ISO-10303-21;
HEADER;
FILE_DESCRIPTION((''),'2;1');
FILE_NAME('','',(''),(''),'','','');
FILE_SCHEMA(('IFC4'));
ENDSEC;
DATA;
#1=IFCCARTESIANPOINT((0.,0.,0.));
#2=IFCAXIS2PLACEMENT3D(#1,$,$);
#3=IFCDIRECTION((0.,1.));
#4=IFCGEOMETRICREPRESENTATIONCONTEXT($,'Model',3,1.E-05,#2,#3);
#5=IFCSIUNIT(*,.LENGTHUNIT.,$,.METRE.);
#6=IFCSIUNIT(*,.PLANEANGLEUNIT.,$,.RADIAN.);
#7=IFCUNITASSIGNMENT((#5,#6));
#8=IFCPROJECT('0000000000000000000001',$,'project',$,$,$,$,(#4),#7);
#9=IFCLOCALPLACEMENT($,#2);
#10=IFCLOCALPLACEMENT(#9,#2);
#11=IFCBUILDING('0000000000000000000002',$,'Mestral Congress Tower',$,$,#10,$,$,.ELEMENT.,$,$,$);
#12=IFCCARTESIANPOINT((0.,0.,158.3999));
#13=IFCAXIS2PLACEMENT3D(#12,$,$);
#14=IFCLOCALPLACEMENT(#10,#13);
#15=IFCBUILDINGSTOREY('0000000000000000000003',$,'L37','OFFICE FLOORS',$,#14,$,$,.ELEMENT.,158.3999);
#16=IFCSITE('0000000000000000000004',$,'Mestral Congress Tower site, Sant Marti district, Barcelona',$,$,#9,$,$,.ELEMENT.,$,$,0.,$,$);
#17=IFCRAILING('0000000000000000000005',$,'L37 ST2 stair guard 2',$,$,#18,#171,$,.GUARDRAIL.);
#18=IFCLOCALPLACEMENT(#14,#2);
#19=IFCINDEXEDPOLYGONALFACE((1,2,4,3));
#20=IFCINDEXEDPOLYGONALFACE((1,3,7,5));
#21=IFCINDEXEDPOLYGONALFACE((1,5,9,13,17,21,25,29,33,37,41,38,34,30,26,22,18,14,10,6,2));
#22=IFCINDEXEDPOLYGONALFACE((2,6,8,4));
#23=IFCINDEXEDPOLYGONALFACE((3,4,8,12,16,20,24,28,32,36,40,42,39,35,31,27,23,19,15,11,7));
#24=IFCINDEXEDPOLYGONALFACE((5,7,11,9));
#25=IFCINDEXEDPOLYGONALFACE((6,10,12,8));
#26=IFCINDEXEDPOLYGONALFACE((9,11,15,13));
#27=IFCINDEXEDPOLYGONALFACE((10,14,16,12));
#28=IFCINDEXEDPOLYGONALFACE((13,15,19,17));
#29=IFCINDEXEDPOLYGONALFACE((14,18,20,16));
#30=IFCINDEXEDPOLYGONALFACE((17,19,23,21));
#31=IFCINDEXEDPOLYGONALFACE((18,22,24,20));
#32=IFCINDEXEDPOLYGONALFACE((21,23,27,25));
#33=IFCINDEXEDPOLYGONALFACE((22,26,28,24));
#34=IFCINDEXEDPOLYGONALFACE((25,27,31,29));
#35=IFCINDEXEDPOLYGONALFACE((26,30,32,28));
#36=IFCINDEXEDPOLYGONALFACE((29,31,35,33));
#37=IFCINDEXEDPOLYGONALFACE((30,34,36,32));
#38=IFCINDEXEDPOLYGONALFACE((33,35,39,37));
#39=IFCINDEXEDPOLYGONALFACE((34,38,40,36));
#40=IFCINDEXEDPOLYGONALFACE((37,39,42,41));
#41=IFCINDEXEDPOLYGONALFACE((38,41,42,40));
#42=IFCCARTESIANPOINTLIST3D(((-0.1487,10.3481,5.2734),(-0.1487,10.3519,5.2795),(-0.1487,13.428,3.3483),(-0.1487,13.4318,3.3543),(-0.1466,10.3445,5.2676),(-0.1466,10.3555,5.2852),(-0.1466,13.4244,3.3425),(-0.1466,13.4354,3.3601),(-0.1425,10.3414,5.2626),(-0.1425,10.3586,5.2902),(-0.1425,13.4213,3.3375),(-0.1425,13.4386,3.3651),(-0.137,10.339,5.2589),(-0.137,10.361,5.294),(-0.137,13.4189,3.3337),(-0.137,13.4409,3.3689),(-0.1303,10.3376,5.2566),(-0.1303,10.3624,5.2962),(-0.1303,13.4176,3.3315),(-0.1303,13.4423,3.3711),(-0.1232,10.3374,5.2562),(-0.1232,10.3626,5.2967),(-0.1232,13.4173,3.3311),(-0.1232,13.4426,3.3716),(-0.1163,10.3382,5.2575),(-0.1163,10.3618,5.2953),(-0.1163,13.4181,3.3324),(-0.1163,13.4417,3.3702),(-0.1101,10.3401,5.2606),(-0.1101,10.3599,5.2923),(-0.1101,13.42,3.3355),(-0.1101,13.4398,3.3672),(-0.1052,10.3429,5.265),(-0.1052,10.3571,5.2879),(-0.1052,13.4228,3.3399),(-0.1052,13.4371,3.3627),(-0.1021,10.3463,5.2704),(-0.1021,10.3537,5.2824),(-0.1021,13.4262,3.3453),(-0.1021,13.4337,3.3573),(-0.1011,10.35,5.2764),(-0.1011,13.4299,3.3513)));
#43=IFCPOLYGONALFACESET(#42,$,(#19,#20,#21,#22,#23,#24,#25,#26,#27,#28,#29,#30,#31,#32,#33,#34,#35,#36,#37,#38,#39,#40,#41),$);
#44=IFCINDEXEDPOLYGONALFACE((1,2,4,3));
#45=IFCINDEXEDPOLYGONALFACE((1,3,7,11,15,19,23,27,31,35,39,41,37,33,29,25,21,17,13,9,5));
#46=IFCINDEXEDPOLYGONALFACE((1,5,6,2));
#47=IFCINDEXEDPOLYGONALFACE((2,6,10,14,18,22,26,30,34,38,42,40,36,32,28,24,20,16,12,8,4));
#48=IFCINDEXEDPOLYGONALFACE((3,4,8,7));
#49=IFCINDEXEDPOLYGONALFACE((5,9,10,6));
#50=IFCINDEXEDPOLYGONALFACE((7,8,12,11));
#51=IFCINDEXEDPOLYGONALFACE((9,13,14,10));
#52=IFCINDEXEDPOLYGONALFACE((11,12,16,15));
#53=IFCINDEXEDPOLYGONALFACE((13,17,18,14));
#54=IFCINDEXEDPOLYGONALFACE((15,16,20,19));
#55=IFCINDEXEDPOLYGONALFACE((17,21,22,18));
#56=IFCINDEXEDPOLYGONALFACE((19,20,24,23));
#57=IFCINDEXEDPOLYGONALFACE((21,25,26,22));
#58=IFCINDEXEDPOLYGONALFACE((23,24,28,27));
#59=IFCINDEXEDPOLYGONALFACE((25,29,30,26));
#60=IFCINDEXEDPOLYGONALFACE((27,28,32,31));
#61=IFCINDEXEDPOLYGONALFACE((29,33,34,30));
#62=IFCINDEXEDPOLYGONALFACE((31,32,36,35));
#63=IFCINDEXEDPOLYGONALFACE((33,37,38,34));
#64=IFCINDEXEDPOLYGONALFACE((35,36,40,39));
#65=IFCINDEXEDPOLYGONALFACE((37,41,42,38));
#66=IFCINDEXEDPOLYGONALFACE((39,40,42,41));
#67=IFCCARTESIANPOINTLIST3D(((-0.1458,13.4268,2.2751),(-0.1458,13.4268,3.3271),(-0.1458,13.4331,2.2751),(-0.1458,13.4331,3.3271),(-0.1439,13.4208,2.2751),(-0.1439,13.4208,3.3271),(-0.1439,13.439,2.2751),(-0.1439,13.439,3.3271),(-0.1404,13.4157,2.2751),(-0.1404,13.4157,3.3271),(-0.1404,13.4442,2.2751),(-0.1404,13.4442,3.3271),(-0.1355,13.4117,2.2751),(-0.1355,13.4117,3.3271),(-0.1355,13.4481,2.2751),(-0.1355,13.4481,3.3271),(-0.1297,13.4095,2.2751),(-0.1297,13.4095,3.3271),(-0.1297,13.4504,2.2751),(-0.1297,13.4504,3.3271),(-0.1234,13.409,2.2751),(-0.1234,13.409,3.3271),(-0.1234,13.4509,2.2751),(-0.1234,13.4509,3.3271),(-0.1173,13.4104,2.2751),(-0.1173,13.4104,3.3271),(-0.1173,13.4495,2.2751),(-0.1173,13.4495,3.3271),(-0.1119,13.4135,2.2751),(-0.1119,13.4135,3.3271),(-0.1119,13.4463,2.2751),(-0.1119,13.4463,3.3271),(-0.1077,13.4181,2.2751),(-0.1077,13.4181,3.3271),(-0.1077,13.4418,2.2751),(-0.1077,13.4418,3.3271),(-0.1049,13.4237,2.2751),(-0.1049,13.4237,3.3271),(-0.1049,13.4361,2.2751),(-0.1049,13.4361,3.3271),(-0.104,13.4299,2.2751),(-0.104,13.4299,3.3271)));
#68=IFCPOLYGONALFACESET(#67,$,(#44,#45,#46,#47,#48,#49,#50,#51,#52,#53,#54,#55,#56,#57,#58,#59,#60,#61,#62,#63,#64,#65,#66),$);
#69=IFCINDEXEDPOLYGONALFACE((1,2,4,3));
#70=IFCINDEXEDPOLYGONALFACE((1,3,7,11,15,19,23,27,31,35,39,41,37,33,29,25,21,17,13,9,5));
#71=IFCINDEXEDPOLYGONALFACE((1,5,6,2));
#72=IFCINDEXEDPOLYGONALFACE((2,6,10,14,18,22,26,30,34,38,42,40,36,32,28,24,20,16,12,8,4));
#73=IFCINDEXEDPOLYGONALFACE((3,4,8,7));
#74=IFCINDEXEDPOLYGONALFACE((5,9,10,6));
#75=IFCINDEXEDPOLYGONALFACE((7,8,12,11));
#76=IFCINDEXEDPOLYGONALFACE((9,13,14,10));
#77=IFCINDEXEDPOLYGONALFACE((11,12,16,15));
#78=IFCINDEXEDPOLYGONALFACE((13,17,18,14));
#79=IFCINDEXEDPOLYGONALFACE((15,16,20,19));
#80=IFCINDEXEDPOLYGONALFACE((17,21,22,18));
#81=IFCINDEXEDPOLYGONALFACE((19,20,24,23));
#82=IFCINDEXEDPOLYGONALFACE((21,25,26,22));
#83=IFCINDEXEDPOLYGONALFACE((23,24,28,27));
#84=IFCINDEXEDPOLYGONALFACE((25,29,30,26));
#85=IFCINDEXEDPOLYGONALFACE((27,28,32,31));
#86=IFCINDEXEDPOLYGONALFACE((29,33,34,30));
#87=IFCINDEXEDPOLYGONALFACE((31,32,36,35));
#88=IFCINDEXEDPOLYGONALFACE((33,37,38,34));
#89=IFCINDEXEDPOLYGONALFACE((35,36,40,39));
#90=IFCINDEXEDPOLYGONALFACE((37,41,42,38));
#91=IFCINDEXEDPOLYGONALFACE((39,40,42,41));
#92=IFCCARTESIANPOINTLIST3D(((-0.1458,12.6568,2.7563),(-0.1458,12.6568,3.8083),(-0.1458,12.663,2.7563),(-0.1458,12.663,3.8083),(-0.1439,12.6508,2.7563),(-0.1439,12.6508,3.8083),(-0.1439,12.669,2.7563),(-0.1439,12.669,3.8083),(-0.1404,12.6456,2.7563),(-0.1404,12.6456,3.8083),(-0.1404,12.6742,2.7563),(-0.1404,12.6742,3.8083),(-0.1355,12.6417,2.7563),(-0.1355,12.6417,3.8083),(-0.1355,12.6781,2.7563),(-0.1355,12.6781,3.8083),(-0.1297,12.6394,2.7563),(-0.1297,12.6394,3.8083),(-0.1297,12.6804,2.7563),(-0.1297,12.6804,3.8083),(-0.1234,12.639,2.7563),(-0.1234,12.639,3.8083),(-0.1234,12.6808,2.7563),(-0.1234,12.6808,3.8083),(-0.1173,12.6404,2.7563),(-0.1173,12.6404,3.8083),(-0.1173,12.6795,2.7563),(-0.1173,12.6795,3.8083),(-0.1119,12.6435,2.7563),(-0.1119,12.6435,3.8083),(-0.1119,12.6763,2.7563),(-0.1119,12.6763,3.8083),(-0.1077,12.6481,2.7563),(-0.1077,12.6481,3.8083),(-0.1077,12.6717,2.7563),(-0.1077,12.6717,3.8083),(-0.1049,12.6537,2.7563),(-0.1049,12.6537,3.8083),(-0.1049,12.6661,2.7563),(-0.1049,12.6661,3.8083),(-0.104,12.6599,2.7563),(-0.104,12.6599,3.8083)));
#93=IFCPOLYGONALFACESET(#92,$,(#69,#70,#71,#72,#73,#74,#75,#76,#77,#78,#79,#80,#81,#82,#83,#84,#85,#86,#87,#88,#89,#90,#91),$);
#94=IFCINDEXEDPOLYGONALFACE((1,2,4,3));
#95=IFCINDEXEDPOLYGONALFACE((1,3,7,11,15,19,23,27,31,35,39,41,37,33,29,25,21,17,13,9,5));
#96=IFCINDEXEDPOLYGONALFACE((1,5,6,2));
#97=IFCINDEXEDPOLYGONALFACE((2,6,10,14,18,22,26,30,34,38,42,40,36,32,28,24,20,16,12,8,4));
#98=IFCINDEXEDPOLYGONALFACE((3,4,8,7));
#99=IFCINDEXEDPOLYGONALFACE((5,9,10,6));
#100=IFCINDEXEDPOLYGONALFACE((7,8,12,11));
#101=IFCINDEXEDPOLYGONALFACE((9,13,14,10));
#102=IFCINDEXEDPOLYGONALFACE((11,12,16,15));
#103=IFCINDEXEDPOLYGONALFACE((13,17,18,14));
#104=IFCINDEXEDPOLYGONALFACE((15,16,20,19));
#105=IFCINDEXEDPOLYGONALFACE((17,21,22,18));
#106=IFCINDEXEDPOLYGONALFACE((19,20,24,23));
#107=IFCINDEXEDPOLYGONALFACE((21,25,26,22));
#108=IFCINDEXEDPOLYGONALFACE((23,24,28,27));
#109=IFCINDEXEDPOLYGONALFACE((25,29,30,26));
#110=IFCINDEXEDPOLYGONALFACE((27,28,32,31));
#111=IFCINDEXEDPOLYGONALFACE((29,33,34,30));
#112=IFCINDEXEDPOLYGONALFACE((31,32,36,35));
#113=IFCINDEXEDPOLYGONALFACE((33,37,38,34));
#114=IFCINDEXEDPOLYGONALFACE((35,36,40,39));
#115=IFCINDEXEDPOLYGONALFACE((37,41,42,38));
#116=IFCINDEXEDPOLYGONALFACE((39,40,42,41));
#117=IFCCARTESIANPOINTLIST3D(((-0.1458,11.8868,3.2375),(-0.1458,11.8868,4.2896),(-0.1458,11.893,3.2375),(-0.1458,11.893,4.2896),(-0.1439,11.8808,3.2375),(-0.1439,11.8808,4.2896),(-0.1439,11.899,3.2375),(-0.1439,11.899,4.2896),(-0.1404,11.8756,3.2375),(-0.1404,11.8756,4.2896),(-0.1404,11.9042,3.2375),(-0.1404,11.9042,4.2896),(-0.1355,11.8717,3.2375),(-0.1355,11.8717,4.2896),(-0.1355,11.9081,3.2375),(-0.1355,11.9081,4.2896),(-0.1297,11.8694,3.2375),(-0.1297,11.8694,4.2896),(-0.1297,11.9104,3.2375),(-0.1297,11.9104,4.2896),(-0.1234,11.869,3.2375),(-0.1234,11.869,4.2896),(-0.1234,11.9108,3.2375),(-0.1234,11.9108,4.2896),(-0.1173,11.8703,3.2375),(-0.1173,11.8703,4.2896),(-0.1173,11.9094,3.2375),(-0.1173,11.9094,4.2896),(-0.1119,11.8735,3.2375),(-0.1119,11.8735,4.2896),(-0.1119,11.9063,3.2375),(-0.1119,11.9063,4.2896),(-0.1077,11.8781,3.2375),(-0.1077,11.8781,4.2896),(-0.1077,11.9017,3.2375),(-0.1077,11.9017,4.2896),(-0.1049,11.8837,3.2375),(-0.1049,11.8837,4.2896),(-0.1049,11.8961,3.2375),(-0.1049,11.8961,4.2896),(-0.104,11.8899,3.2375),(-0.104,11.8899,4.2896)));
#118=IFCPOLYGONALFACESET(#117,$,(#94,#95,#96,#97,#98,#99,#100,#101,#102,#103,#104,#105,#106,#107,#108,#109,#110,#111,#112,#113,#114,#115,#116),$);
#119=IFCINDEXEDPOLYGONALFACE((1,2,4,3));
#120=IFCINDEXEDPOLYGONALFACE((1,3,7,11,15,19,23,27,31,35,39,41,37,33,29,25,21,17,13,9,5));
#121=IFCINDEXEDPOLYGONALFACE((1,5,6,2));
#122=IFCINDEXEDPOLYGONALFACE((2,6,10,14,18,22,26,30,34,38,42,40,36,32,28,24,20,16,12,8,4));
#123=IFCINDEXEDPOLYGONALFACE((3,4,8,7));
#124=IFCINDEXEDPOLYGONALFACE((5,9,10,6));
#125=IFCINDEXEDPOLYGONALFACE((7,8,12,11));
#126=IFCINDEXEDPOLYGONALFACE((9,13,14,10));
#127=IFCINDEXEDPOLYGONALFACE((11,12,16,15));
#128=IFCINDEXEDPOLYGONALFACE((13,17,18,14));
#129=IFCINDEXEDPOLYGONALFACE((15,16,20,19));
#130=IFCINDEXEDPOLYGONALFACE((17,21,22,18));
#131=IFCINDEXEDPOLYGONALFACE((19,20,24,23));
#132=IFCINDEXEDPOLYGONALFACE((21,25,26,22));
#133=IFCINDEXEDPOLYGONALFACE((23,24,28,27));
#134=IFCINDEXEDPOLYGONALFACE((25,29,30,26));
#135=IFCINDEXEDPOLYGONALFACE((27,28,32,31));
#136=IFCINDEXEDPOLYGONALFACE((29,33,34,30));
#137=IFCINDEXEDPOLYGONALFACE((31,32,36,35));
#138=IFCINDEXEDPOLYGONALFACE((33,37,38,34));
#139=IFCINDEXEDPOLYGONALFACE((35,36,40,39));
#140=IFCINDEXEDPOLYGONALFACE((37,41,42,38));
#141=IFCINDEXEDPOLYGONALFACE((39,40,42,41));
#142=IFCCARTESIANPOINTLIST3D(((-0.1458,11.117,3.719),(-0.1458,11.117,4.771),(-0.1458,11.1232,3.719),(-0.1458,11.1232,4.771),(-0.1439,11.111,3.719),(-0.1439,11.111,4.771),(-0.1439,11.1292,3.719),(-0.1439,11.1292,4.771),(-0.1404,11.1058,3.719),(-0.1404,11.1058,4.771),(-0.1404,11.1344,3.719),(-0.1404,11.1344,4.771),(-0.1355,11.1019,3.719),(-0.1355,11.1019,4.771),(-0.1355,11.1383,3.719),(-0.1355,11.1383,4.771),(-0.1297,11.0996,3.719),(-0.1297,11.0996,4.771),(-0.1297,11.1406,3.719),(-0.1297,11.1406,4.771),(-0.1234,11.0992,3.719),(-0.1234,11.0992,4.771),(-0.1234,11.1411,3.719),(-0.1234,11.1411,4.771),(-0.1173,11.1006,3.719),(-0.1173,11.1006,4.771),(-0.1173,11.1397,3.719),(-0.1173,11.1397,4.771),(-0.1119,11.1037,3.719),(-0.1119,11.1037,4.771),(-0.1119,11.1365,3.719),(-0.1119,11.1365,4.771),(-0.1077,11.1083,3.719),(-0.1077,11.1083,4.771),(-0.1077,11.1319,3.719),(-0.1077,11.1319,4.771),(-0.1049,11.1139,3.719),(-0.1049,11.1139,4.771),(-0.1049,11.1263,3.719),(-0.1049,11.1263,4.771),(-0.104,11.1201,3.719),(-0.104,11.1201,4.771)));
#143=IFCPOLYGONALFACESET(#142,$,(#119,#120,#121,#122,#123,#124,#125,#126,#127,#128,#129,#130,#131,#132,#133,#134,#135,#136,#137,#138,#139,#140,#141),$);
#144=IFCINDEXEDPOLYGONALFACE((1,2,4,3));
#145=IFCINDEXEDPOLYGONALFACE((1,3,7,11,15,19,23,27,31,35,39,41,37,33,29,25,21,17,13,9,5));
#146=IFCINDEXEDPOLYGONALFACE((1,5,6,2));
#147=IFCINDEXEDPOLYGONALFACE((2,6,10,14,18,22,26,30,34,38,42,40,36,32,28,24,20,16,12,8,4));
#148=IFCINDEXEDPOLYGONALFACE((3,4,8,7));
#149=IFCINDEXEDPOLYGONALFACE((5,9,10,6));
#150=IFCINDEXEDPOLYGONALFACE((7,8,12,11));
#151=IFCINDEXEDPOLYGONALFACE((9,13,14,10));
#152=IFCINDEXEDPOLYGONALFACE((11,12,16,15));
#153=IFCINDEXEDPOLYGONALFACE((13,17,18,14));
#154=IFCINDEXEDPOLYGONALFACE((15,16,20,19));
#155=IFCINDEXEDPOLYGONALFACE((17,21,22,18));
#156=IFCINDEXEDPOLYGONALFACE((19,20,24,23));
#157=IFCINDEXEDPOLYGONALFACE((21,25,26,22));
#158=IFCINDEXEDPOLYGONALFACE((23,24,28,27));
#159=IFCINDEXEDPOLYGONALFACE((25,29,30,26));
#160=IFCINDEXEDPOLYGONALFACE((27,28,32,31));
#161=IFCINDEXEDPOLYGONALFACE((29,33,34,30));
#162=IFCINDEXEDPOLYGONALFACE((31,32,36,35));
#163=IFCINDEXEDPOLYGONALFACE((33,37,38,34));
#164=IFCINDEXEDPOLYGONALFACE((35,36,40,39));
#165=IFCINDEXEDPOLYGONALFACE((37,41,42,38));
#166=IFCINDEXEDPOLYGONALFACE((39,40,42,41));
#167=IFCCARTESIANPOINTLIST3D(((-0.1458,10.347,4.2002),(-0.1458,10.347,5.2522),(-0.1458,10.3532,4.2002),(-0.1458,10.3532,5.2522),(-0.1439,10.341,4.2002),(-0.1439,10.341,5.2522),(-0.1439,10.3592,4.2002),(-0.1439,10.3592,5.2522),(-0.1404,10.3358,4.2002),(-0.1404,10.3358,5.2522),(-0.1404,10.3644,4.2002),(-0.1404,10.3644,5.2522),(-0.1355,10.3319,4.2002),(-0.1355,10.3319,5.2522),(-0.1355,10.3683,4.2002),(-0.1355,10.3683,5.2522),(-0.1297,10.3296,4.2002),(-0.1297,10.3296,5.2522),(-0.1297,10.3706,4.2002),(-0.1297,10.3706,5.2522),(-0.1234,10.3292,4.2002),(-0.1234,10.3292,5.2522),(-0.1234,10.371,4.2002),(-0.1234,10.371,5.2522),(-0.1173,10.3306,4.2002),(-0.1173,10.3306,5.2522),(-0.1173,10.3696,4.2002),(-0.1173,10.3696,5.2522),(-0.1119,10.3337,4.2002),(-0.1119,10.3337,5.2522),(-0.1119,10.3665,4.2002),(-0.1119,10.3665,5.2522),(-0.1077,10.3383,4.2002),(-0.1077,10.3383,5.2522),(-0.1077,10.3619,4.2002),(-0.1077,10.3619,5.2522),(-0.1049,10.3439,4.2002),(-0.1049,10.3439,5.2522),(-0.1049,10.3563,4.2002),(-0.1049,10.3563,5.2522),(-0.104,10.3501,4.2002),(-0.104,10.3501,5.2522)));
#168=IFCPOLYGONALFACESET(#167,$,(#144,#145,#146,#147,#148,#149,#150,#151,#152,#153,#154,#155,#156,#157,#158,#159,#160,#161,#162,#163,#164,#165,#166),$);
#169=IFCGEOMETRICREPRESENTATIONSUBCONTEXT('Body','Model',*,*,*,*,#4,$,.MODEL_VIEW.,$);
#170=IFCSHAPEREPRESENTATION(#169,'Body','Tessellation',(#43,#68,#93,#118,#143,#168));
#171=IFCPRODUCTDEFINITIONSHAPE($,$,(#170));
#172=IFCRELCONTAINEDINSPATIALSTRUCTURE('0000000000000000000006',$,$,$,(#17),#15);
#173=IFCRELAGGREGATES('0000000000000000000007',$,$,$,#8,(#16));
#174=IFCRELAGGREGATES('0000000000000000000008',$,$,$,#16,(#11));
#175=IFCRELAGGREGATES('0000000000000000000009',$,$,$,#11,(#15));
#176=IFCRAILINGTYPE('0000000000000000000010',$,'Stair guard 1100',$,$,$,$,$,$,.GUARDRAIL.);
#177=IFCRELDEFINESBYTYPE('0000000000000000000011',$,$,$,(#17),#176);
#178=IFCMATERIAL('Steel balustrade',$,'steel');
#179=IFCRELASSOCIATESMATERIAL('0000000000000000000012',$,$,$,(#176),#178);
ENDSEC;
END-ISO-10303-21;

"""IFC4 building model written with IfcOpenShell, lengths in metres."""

from ifc_helpers import new_model, si_unit, direction, frame, origin, origin_2d, place, context, subcontext, project, spatial, circle, extrude, material, type_object, element, save


model = new_model("IFC4")

# Units and contexts
model_context = context("Model", 3, precision=1e-05, world=origin(), true_north=direction((0.0, 1.0)))
body_context = subcontext(model_context, "Body", "Model", "MODEL_VIEW")
ifc_project = project(units=[si_unit("LENGTHUNIT", "METRE"), si_unit("PLANEANGLEUNIT", "RADIAN")], contexts=[model_context])

# Site, building, storey
site_placement = place(None, origin())
site = spatial("IfcSite", under=ifc_project, at=site_placement, Name="Mestral Congress Tower site, Sant Marti district, Barcelona", CompositionType="ELEMENT", RefElevation=0.0)
building_placement = place(site_placement, origin())
building = spatial("IfcBuilding", under=site, at=building_placement, Name="Mestral Congress Tower", CompositionType="ELEMENT")
storey_placement = place(building_placement, frame((0.0, 0.0, 158.3999)))
storey = spatial("IfcBuildingStorey", under=building, at=storey_placement, Name="L37", Description="OFFICE FLOORS", CompositionType="ELEMENT", Elevation=158.3999)

# Railing
ifc_material_1 = material(Name="Steel balustrade", Category="steel")
railing_type = type_object("IfcRailingType", Name="Stair guard 1100", PredefinedType="GUARDRAIL", material=ifc_material_1)
railing_placement = place(storey_placement, frame((-0.125, 13.4299, 2.2751)))
element("IfcRailing", 1, at=railing_placement, inside=storey, type_object=railing_type, Name="L37 ST2 stair guard 2", PredefinedType="GUARDRAIL", context=body_context, shape_type="SweptSolid", body=[
    extrude(circle(Radius=0.0239, at=origin_2d()), frame((0.0, 0.0, 1.0762), z_axis=(0.0, -0.847979, 0.530029), x_axis=(1.0, 0.0, 0.0)), (0.0, 0.0, 1.0), 3.6321),
    extrude(circle(Radius=0.021, at=origin_2d()), origin(), (0.0, 0.0, 1.0), 1.052),
    extrude(circle(Radius=0.021, at=origin_2d()), frame((0.0, -0.77, 0.4812)), (0.0, 0.0, 1.0), 1.052),
    extrude(circle(Radius=0.021, at=origin_2d()), frame((0.0, -1.54, 0.9624)), (0.0, 0.0, 1.0), 1.052),
    extrude(circle(Radius=0.021, at=origin_2d()), frame((0.0, -2.3098, 1.4438)), (0.0, 0.0, 1.0), 1.052),
    extrude(circle(Radius=0.021, at=origin_2d()), frame((0.0, -3.0798, 1.925)), (0.0, 0.0, 1.0), 1.052),
])

save(model, "model.ifc")
